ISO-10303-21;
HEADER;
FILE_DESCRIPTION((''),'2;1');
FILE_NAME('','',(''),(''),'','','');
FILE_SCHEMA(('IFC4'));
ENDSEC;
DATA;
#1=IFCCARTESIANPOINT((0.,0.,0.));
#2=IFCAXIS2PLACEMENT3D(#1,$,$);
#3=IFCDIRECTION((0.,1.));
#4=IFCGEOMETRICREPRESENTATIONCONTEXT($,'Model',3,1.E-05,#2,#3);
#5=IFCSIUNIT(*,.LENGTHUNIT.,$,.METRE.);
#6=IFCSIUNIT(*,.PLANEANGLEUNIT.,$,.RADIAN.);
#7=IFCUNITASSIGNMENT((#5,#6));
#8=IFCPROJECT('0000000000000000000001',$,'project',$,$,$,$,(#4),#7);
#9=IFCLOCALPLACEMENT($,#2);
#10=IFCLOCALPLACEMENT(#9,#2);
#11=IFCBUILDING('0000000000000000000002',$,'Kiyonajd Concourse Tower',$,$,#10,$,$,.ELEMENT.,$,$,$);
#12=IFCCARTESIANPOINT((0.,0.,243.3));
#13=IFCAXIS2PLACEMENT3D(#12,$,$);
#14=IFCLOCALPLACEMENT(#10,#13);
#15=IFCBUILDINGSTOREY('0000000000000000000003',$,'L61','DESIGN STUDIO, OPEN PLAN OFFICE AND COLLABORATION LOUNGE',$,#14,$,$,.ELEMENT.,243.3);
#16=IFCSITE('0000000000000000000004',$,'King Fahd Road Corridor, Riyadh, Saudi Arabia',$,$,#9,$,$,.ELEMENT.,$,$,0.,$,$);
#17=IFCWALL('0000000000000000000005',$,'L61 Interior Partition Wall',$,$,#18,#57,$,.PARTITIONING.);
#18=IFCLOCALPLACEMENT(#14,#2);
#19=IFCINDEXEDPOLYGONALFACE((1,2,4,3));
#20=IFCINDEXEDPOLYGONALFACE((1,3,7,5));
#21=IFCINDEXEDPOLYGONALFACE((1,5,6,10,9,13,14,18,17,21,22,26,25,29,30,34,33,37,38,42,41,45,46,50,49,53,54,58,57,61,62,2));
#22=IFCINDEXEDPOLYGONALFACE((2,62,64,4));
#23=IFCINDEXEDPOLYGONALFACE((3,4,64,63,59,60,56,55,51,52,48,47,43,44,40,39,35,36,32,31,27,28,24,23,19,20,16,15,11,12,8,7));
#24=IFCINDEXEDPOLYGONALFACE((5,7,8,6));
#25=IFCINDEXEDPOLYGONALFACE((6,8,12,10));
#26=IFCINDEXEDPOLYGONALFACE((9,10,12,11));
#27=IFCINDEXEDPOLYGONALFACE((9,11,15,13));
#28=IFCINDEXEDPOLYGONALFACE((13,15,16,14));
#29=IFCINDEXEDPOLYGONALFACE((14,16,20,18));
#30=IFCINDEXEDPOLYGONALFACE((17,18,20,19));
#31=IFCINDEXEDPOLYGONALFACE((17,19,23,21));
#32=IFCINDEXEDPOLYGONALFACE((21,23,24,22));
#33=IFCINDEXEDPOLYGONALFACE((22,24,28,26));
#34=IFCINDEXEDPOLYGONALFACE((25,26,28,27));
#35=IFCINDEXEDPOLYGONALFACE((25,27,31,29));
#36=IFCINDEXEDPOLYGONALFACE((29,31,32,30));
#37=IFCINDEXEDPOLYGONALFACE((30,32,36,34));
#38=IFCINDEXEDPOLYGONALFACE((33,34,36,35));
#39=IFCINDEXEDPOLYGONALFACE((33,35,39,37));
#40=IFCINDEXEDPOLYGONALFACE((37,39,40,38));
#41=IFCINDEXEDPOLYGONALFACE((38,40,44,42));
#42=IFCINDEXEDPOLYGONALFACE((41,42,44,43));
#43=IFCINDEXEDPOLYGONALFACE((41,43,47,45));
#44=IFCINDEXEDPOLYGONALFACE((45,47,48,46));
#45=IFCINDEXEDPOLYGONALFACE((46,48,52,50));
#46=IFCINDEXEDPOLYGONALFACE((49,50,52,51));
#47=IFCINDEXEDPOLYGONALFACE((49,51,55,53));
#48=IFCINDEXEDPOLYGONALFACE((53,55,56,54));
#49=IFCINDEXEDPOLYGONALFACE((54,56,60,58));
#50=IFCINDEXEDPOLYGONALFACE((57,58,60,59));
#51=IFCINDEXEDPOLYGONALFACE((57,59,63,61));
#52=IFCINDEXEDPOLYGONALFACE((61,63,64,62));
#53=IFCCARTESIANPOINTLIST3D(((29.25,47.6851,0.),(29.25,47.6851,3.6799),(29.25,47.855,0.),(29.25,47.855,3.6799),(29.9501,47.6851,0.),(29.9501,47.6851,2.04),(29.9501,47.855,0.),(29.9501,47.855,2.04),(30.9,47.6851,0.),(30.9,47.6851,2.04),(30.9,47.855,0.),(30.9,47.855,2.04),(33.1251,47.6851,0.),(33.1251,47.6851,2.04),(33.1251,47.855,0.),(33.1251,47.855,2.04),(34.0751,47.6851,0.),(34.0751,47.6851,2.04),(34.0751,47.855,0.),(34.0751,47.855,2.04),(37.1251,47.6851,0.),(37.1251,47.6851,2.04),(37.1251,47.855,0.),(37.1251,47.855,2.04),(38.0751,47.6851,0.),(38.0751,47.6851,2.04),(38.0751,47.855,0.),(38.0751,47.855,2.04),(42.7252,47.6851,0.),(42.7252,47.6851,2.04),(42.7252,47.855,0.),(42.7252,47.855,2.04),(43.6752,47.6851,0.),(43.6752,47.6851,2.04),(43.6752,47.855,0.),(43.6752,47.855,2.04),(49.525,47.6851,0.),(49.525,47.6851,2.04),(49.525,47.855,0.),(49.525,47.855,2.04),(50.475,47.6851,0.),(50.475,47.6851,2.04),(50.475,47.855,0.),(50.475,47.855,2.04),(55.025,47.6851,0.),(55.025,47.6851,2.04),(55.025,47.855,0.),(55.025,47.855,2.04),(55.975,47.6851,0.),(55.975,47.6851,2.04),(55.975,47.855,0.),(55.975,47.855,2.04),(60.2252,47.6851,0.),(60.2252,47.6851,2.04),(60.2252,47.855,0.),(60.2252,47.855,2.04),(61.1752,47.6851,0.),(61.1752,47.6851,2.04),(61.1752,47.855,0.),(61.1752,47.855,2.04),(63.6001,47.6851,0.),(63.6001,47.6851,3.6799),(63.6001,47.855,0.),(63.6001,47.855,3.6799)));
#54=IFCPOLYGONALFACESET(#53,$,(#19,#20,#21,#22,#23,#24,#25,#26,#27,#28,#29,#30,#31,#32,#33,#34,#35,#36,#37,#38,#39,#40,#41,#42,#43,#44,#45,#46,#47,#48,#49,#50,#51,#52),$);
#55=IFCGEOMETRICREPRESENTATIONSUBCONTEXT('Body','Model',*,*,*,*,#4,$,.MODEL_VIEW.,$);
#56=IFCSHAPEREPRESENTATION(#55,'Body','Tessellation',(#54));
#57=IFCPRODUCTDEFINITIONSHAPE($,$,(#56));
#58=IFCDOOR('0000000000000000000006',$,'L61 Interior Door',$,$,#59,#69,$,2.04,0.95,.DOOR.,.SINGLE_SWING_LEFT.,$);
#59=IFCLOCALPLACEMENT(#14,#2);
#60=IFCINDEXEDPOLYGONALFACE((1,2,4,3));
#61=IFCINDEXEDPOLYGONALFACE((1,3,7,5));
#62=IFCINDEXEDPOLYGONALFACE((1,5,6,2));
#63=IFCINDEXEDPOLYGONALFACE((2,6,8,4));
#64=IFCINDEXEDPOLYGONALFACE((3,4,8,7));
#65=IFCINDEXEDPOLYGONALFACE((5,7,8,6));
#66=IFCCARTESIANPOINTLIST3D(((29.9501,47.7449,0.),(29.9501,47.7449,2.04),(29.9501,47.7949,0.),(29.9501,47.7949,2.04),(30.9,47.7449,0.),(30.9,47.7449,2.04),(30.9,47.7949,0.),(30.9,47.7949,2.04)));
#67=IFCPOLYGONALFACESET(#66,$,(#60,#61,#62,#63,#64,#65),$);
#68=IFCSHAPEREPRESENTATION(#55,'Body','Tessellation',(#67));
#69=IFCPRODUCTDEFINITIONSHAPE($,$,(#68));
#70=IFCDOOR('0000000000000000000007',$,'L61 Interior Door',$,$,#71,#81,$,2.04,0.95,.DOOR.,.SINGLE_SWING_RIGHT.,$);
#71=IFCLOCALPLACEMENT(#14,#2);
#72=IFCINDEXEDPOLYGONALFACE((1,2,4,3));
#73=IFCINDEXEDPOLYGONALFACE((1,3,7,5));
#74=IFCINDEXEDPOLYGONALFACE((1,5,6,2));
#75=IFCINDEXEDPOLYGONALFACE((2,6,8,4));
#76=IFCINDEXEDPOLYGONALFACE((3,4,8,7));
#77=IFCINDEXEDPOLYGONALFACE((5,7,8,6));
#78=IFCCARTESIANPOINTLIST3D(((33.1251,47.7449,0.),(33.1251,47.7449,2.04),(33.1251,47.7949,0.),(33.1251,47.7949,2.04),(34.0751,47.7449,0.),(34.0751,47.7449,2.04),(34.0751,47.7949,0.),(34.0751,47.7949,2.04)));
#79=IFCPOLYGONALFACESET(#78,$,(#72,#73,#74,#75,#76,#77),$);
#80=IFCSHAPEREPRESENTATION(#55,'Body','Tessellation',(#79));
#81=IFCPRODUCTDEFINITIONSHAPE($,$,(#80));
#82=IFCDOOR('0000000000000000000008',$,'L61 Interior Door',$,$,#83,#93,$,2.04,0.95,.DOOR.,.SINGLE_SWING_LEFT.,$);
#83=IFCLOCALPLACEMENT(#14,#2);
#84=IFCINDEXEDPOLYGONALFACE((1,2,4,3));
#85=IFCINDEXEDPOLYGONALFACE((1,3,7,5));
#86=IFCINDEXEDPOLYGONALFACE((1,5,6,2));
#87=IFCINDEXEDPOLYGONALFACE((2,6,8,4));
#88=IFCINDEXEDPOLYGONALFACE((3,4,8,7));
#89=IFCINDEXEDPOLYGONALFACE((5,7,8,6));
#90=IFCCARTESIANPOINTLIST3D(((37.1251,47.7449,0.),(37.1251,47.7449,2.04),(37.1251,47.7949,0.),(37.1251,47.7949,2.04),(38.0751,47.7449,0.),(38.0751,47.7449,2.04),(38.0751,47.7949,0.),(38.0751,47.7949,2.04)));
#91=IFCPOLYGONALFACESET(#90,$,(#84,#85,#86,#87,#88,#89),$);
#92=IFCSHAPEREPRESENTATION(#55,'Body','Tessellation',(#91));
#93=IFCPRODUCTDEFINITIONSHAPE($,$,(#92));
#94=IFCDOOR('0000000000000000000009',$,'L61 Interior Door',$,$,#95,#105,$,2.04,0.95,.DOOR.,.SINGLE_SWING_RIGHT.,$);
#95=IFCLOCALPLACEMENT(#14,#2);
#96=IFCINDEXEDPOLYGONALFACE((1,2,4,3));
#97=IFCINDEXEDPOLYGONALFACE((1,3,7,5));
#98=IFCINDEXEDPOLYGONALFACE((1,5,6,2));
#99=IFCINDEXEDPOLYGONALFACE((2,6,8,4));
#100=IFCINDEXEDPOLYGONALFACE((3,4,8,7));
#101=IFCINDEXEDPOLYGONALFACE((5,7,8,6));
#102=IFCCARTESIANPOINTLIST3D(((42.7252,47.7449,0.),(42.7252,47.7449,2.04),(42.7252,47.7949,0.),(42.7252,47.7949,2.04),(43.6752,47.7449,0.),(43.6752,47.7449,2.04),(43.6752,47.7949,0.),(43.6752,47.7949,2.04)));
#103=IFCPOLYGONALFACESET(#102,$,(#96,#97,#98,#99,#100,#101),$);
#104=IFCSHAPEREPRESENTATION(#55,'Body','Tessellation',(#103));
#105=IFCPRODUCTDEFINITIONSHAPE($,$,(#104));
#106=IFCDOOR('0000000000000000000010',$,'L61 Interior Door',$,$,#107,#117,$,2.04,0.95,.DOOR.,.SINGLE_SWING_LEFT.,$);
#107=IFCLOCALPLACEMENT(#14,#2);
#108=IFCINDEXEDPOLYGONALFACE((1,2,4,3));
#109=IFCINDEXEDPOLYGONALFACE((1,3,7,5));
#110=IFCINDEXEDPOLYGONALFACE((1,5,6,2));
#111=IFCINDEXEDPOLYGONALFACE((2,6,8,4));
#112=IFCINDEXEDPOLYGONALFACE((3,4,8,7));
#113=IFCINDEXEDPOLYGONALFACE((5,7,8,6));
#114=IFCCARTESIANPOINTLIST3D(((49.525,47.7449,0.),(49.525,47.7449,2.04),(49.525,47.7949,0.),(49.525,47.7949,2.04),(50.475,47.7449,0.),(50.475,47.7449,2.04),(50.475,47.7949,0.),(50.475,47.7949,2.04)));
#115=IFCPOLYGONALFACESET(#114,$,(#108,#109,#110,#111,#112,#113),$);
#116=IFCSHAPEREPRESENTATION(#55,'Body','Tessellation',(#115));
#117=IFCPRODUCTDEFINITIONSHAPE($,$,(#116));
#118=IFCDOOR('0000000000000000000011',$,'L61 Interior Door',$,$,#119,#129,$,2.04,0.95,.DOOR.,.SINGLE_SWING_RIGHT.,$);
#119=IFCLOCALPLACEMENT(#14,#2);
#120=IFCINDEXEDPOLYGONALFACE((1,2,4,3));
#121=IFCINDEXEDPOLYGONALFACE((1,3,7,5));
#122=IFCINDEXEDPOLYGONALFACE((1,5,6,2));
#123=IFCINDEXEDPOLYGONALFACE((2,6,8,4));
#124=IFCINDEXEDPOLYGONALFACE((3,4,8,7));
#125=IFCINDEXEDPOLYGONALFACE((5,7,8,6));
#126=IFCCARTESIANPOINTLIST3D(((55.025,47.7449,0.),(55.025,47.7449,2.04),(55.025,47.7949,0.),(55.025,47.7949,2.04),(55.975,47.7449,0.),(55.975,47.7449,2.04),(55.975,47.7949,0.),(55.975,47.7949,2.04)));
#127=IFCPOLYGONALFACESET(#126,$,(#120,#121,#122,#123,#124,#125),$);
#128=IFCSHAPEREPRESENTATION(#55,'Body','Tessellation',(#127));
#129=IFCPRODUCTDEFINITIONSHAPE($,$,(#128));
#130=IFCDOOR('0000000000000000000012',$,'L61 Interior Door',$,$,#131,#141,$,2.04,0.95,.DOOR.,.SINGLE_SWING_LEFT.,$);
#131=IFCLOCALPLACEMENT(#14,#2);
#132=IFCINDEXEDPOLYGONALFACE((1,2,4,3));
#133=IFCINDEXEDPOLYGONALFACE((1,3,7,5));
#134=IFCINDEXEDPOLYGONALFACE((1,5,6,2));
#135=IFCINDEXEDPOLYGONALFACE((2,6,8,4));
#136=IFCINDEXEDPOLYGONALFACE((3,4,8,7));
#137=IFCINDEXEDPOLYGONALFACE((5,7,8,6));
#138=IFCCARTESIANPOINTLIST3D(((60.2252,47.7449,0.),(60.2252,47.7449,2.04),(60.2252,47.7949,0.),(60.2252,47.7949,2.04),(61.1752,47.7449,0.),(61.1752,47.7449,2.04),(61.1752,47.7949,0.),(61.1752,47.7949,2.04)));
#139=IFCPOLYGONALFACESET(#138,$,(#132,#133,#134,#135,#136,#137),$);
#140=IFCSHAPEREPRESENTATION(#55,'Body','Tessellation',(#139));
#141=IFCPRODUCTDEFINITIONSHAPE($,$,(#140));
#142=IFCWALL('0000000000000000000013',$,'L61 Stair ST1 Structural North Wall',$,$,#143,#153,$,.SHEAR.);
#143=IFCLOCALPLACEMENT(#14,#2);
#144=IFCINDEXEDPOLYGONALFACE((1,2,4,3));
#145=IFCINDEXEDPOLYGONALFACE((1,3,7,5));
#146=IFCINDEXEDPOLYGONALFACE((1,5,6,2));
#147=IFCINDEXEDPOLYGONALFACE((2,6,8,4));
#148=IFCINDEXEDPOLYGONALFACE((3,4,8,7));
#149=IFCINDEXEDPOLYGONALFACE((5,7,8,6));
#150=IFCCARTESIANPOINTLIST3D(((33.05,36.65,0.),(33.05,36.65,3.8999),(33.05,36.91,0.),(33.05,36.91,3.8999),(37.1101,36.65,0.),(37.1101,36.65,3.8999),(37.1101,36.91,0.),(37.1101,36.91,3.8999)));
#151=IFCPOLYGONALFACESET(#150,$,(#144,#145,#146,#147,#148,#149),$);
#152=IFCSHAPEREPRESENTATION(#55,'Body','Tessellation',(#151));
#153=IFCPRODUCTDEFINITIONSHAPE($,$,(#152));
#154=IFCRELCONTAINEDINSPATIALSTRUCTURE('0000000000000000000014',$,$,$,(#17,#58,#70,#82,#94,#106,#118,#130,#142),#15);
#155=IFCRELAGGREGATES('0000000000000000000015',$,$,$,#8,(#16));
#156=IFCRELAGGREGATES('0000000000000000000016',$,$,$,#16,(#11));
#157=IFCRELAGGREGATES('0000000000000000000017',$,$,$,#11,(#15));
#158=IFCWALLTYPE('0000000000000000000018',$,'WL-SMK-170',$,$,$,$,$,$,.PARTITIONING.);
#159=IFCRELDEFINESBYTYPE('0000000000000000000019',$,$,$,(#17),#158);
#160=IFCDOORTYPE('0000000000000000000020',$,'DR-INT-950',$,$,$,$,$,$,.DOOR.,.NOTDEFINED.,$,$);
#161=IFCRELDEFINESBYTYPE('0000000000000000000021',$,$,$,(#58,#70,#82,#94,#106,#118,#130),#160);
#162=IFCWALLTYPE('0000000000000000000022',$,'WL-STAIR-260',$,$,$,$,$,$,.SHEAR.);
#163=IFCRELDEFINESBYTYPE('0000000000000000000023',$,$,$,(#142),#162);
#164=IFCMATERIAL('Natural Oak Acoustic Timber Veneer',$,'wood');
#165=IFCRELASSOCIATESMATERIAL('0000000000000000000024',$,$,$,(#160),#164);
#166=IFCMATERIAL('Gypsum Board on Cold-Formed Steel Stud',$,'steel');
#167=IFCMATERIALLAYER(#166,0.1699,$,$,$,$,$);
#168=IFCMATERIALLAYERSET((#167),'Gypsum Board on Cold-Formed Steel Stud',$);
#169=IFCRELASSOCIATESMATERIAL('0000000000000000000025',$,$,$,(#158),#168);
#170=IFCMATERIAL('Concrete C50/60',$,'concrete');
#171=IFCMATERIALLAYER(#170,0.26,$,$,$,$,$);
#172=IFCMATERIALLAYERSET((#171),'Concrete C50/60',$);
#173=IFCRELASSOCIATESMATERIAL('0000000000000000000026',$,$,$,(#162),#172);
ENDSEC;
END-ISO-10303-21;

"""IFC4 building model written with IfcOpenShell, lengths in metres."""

from ifc_helpers import new_model, si_unit, direction, frame, frame_2d, origin, place, context, subcontext, project, spatial, rectangle, extrude, material, layer, layer_set, type_object, element, fill, save


model = new_model("IFC4")

# Units and contexts
model_context = context("Model", 3, precision=1e-05, world=origin(), true_north=direction((0.0, 1.0)))
body_context = subcontext(model_context, "Body", "Model", "MODEL_VIEW")
ifc_project = project(units=[si_unit("LENGTHUNIT", "METRE"), si_unit("PLANEANGLEUNIT", "RADIAN")], contexts=[model_context])

# Site, building, storey
site_placement = place(None, origin())
site = spatial("IfcSite", under=ifc_project, at=site_placement, Name="King Fahd Road Corridor, Riyadh, Saudi Arabia", CompositionType="ELEMENT", RefElevation=0.0)
building_placement = place(site_placement, origin())
building = spatial("IfcBuilding", under=site, at=building_placement, Name="Kiyonajd Concourse Tower", CompositionType="ELEMENT")
storey_placement = place(building_placement, frame((0.0, 0.0, 243.3)))
storey = spatial("IfcBuildingStorey", under=building, at=storey_placement, Name="L61", Description="DESIGN STUDIO, OPEN PLAN OFFICE AND COLLABORATION LOUNGE", CompositionType="ELEMENT", Elevation=243.3)

# Shared definitions
ifc_material_1 = material(Name="Natural Oak Acoustic Timber Veneer", Category="wood")
door_type_1 = type_object("IfcDoorType", Name="DR-INT-950", OperationType="NOTDEFINED", PredefinedType="DOOR", material=ifc_material_1)

# Shared definitions
ifc_material_2 = material(Name="Gypsum Board on Cold-Formed Steel Stud", Category="steel")

# Shared definitions
ifc_layer_1 = layer(ifc_material_2, 0.1699)
ifc_layer_set_1 = layer_set([ifc_layer_1], Name="Gypsum Board on Cold-Formed Steel Stud")
wall_type_1 = type_object("IfcWallType", Name="WL-SMK-170", PredefinedType="PARTITIONING", material=ifc_layer_set_1)

# Wall, openings, doors
wall_1_placement = place(storey_placement, frame((29.25, 47.77, 0.0), z_axis=(0.0, 0.0, 1.0), x_axis=(1.0, 0.0, 0.0)))
wall_1 = element("IfcWall", 1, at=wall_1_placement, inside=storey, type_object=wall_type_1, Name="L61 Interior Partition Wall", PredefinedType="PARTITIONING", context=body_context, shape_type="SweptSolid", body=[
    extrude(rectangle(XDim=34.3501, YDim=0.1699, at=frame_2d((17.175, 0.0))), origin(), (0.0, 0.0, 1.0), 3.6799),
])
opening_1_placement = place(wall_1_placement, frame((0.7, 0.0, 0.0)))
opening_1 = element("IfcOpeningElement", 2, at=opening_1_placement, cuts=wall_1, PredefinedType="OPENING", context=body_context, shape_type="SweptSolid", body=[
    extrude(rectangle(XDim=0.95, YDim=2.04, at=frame_2d((0.4751, 1.02))), frame((0.0, 0.095, 0.0), z_axis=(0.0, -1.0, 0.0), x_axis=(1.0, 0.0, 0.0)), (0.0, 0.0, 1.0), 0.1899),
])
opening_2_placement = place(wall_1_placement, frame((3.875, 0.0, 0.0)))
opening_2 = element("IfcOpeningElement", 3, at=opening_2_placement, cuts=wall_1, PredefinedType="OPENING", context=body_context, shape_type="SweptSolid", body=[
    extrude(rectangle(XDim=0.95, YDim=2.04, at=frame_2d((0.4751, 1.02))), frame((0.0, 0.095, 0.0), z_axis=(0.0, -1.0, 0.0), x_axis=(1.0, 0.0, 0.0)), (0.0, 0.0, 1.0), 0.1899),
])
opening_3_placement = place(wall_1_placement, frame((7.875, 0.0, 0.0)))
opening_3 = element("IfcOpeningElement", 4, at=opening_3_placement, cuts=wall_1, PredefinedType="OPENING", context=body_context, shape_type="SweptSolid", body=[
    extrude(rectangle(XDim=0.95, YDim=2.04, at=frame_2d((0.4751, 1.02))), frame((0.0, 0.095, 0.0), z_axis=(0.0, -1.0, 0.0), x_axis=(1.0, 0.0, 0.0)), (0.0, 0.0, 1.0), 0.1899),
])
opening_4_placement = place(wall_1_placement, frame((13.4751, 0.0, 0.0)))
opening_4 = element("IfcOpeningElement", 5, at=opening_4_placement, cuts=wall_1, PredefinedType="OPENING", context=body_context, shape_type="SweptSolid", body=[
    extrude(rectangle(XDim=0.95, YDim=2.04, at=frame_2d((0.4751, 1.02))), frame((0.0, 0.095, 0.0), z_axis=(0.0, -1.0, 0.0), x_axis=(1.0, 0.0, 0.0)), (0.0, 0.0, 1.0), 0.1899),
])
opening_5_placement = place(wall_1_placement, frame((20.2749, 0.0, 0.0)))
opening_5 = element("IfcOpeningElement", 6, at=opening_5_placement, cuts=wall_1, PredefinedType="OPENING", context=body_context, shape_type="SweptSolid", body=[
    extrude(rectangle(XDim=0.95, YDim=2.04, at=frame_2d((0.4751, 1.02))), frame((0.0, 0.095, 0.0), z_axis=(0.0, -1.0, 0.0), x_axis=(1.0, 0.0, 0.0)), (0.0, 0.0, 1.0), 0.1899),
])
opening_6_placement = place(wall_1_placement, frame((25.7749, 0.0, 0.0)))
opening_6 = element("IfcOpeningElement", 7, at=opening_6_placement, cuts=wall_1, PredefinedType="OPENING", context=body_context, shape_type="SweptSolid", body=[
    extrude(rectangle(XDim=0.95, YDim=2.04, at=frame_2d((0.4751, 1.02))), frame((0.0, 0.095, 0.0), z_axis=(0.0, -1.0, 0.0), x_axis=(1.0, 0.0, 0.0)), (0.0, 0.0, 1.0), 0.1899),
])
opening_7_placement = place(wall_1_placement, frame((30.9751, 0.0, 0.0)))
opening_7 = element("IfcOpeningElement", 8, at=opening_7_placement, cuts=wall_1, PredefinedType="OPENING", context=body_context, shape_type="SweptSolid", body=[
    extrude(rectangle(XDim=0.95, YDim=2.04, at=frame_2d((0.4751, 1.02))), frame((0.0, 0.095, 0.0), z_axis=(0.0, -1.0, 0.0), x_axis=(1.0, 0.0, 0.0)), (0.0, 0.0, 1.0), 0.1899),
])
door_1_placement = place(opening_1_placement, origin())
door_1 = element("IfcDoor", 9, at=door_1_placement, inside=storey, type_object=door_type_1, Name="L61 Interior Door", OperationType="SINGLE_SWING_LEFT", OverallHeight=2.04, OverallWidth=0.95, PredefinedType="DOOR", context=body_context, shape_type="SweptSolid", body=[
    extrude(rectangle(XDim=0.95, YDim=2.04, at=frame_2d((0.4751, 1.02))), frame((0.0, 0.0249, 0.0), z_axis=(0.0, -1.0, 0.0), x_axis=(1.0, 0.0, 0.0)), (0.0, 0.0, 1.0), 0.05),
])
fill(opening_1, door_1)
door_2_placement = place(opening_2_placement, origin())
door_2 = element("IfcDoor", 10, at=door_2_placement, inside=storey, type_object=door_type_1, Name="L61 Interior Door", OperationType="SINGLE_SWING_RIGHT", OverallHeight=2.04, OverallWidth=0.95, PredefinedType="DOOR", context=body_context, shape_type="SweptSolid", body=[
    extrude(rectangle(XDim=0.95, YDim=2.04, at=frame_2d((0.4751, 1.02))), frame((0.0, 0.0249, 0.0), z_axis=(0.0, -1.0, 0.0), x_axis=(1.0, 0.0, 0.0)), (0.0, 0.0, 1.0), 0.05),
])
fill(opening_2, door_2)
door_3_placement = place(opening_3_placement, origin())
door_3 = element("IfcDoor", 11, at=door_3_placement, inside=storey, type_object=door_type_1, Name="L61 Interior Door", OperationType="SINGLE_SWING_LEFT", OverallHeight=2.04, OverallWidth=0.95, PredefinedType="DOOR", context=body_context, shape_type="SweptSolid", body=[
    extrude(rectangle(XDim=0.95, YDim=2.04, at=frame_2d((0.4751, 1.02))), frame((0.0, 0.0249, 0.0), z_axis=(0.0, -1.0, 0.0), x_axis=(1.0, 0.0, 0.0)), (0.0, 0.0, 1.0), 0.05),
])
fill(opening_3, door_3)
door_4_placement = place(opening_4_placement, origin())
door_4 = element("IfcDoor", 12, at=door_4_placement, inside=storey, type_object=door_type_1, Name="L61 Interior Door", OperationType="SINGLE_SWING_RIGHT", OverallHeight=2.04, OverallWidth=0.95, PredefinedType="DOOR", context=body_context, shape_type="SweptSolid", body=[
    extrude(rectangle(XDim=0.95, YDim=2.04, at=frame_2d((0.4751, 1.02))), frame((0.0, 0.0249, 0.0), z_axis=(0.0, -1.0, 0.0), x_axis=(1.0, 0.0, 0.0)), (0.0, 0.0, 1.0), 0.05),
])
fill(opening_4, door_4)
door_5_placement = place(opening_5_placement, origin())
door_5 = element("IfcDoor", 13, at=door_5_placement, inside=storey, type_object=door_type_1, Name="L61 Interior Door", OperationType="SINGLE_SWING_LEFT", OverallHeight=2.04, OverallWidth=0.95, PredefinedType="DOOR", context=body_context, shape_type="SweptSolid", body=[
    extrude(rectangle(XDim=0.95, YDim=2.04, at=frame_2d((0.4751, 1.02))), frame((0.0, 0.0249, 0.0), z_axis=(0.0, -1.0, 0.0), x_axis=(1.0, 0.0, 0.0)), (0.0, 0.0, 1.0), 0.05),
])
fill(opening_5, door_5)
door_6_placement = place(opening_6_placement, origin())
door_6 = element("IfcDoor", 14, at=door_6_placement, inside=storey, type_object=door_type_1, Name="L61 Interior Door", OperationType="SINGLE_SWING_RIGHT", OverallHeight=2.04, OverallWidth=0.95, PredefinedType="DOOR", context=body_context, shape_type="SweptSolid", body=[
    extrude(rectangle(XDim=0.95, YDim=2.04, at=frame_2d((0.4751, 1.02))), frame((0.0, 0.0249, 0.0), z_axis=(0.0, -1.0, 0.0), x_axis=(1.0, 0.0, 0.0)), (0.0, 0.0, 1.0), 0.05),
])
fill(opening_6, door_6)
door_7_placement = place(opening_7_placement, origin())
door_7 = element("IfcDoor", 15, at=door_7_placement, inside=storey, type_object=door_type_1, Name="L61 Interior Door", OperationType="SINGLE_SWING_LEFT", OverallHeight=2.04, OverallWidth=0.95, PredefinedType="DOOR", context=body_context, shape_type="SweptSolid", body=[
    extrude(rectangle(XDim=0.95, YDim=2.04, at=frame_2d((0.4751, 1.02))), frame((0.0, 0.0249, 0.0), z_axis=(0.0, -1.0, 0.0), x_axis=(1.0, 0.0, 0.0)), (0.0, 0.0, 1.0), 0.05),
])
fill(opening_7, door_7)

# Wall
ifc_material_3 = material(Name="Concrete C50/60", Category="concrete")
ifc_layer_2 = layer(ifc_material_3, 0.26)
ifc_layer_set_2 = layer_set([ifc_layer_2], Name="Concrete C50/60")
wall_type_2 = type_object("IfcWallType", Name="WL-STAIR-260", PredefinedType="SHEAR", material=ifc_layer_set_2)
wall_2_placement = place(storey_placement, frame((33.05, 36.78, 0.0), z_axis=(0.0, 0.0, 1.0), x_axis=(1.0, 0.0, 0.0)))
element("IfcWall", 16, at=wall_2_placement, inside=storey, type_object=wall_type_2, Name="L61 Stair ST1 Structural North Wall", PredefinedType="SHEAR", context=body_context, shape_type="SweptSolid", body=[
    extrude(rectangle(XDim=4.0601, YDim=0.26, at=frame_2d((2.03, 0.0))), origin(), (0.0, 0.0, 1.0), 3.8999),
])

save(model, "model.ifc")
